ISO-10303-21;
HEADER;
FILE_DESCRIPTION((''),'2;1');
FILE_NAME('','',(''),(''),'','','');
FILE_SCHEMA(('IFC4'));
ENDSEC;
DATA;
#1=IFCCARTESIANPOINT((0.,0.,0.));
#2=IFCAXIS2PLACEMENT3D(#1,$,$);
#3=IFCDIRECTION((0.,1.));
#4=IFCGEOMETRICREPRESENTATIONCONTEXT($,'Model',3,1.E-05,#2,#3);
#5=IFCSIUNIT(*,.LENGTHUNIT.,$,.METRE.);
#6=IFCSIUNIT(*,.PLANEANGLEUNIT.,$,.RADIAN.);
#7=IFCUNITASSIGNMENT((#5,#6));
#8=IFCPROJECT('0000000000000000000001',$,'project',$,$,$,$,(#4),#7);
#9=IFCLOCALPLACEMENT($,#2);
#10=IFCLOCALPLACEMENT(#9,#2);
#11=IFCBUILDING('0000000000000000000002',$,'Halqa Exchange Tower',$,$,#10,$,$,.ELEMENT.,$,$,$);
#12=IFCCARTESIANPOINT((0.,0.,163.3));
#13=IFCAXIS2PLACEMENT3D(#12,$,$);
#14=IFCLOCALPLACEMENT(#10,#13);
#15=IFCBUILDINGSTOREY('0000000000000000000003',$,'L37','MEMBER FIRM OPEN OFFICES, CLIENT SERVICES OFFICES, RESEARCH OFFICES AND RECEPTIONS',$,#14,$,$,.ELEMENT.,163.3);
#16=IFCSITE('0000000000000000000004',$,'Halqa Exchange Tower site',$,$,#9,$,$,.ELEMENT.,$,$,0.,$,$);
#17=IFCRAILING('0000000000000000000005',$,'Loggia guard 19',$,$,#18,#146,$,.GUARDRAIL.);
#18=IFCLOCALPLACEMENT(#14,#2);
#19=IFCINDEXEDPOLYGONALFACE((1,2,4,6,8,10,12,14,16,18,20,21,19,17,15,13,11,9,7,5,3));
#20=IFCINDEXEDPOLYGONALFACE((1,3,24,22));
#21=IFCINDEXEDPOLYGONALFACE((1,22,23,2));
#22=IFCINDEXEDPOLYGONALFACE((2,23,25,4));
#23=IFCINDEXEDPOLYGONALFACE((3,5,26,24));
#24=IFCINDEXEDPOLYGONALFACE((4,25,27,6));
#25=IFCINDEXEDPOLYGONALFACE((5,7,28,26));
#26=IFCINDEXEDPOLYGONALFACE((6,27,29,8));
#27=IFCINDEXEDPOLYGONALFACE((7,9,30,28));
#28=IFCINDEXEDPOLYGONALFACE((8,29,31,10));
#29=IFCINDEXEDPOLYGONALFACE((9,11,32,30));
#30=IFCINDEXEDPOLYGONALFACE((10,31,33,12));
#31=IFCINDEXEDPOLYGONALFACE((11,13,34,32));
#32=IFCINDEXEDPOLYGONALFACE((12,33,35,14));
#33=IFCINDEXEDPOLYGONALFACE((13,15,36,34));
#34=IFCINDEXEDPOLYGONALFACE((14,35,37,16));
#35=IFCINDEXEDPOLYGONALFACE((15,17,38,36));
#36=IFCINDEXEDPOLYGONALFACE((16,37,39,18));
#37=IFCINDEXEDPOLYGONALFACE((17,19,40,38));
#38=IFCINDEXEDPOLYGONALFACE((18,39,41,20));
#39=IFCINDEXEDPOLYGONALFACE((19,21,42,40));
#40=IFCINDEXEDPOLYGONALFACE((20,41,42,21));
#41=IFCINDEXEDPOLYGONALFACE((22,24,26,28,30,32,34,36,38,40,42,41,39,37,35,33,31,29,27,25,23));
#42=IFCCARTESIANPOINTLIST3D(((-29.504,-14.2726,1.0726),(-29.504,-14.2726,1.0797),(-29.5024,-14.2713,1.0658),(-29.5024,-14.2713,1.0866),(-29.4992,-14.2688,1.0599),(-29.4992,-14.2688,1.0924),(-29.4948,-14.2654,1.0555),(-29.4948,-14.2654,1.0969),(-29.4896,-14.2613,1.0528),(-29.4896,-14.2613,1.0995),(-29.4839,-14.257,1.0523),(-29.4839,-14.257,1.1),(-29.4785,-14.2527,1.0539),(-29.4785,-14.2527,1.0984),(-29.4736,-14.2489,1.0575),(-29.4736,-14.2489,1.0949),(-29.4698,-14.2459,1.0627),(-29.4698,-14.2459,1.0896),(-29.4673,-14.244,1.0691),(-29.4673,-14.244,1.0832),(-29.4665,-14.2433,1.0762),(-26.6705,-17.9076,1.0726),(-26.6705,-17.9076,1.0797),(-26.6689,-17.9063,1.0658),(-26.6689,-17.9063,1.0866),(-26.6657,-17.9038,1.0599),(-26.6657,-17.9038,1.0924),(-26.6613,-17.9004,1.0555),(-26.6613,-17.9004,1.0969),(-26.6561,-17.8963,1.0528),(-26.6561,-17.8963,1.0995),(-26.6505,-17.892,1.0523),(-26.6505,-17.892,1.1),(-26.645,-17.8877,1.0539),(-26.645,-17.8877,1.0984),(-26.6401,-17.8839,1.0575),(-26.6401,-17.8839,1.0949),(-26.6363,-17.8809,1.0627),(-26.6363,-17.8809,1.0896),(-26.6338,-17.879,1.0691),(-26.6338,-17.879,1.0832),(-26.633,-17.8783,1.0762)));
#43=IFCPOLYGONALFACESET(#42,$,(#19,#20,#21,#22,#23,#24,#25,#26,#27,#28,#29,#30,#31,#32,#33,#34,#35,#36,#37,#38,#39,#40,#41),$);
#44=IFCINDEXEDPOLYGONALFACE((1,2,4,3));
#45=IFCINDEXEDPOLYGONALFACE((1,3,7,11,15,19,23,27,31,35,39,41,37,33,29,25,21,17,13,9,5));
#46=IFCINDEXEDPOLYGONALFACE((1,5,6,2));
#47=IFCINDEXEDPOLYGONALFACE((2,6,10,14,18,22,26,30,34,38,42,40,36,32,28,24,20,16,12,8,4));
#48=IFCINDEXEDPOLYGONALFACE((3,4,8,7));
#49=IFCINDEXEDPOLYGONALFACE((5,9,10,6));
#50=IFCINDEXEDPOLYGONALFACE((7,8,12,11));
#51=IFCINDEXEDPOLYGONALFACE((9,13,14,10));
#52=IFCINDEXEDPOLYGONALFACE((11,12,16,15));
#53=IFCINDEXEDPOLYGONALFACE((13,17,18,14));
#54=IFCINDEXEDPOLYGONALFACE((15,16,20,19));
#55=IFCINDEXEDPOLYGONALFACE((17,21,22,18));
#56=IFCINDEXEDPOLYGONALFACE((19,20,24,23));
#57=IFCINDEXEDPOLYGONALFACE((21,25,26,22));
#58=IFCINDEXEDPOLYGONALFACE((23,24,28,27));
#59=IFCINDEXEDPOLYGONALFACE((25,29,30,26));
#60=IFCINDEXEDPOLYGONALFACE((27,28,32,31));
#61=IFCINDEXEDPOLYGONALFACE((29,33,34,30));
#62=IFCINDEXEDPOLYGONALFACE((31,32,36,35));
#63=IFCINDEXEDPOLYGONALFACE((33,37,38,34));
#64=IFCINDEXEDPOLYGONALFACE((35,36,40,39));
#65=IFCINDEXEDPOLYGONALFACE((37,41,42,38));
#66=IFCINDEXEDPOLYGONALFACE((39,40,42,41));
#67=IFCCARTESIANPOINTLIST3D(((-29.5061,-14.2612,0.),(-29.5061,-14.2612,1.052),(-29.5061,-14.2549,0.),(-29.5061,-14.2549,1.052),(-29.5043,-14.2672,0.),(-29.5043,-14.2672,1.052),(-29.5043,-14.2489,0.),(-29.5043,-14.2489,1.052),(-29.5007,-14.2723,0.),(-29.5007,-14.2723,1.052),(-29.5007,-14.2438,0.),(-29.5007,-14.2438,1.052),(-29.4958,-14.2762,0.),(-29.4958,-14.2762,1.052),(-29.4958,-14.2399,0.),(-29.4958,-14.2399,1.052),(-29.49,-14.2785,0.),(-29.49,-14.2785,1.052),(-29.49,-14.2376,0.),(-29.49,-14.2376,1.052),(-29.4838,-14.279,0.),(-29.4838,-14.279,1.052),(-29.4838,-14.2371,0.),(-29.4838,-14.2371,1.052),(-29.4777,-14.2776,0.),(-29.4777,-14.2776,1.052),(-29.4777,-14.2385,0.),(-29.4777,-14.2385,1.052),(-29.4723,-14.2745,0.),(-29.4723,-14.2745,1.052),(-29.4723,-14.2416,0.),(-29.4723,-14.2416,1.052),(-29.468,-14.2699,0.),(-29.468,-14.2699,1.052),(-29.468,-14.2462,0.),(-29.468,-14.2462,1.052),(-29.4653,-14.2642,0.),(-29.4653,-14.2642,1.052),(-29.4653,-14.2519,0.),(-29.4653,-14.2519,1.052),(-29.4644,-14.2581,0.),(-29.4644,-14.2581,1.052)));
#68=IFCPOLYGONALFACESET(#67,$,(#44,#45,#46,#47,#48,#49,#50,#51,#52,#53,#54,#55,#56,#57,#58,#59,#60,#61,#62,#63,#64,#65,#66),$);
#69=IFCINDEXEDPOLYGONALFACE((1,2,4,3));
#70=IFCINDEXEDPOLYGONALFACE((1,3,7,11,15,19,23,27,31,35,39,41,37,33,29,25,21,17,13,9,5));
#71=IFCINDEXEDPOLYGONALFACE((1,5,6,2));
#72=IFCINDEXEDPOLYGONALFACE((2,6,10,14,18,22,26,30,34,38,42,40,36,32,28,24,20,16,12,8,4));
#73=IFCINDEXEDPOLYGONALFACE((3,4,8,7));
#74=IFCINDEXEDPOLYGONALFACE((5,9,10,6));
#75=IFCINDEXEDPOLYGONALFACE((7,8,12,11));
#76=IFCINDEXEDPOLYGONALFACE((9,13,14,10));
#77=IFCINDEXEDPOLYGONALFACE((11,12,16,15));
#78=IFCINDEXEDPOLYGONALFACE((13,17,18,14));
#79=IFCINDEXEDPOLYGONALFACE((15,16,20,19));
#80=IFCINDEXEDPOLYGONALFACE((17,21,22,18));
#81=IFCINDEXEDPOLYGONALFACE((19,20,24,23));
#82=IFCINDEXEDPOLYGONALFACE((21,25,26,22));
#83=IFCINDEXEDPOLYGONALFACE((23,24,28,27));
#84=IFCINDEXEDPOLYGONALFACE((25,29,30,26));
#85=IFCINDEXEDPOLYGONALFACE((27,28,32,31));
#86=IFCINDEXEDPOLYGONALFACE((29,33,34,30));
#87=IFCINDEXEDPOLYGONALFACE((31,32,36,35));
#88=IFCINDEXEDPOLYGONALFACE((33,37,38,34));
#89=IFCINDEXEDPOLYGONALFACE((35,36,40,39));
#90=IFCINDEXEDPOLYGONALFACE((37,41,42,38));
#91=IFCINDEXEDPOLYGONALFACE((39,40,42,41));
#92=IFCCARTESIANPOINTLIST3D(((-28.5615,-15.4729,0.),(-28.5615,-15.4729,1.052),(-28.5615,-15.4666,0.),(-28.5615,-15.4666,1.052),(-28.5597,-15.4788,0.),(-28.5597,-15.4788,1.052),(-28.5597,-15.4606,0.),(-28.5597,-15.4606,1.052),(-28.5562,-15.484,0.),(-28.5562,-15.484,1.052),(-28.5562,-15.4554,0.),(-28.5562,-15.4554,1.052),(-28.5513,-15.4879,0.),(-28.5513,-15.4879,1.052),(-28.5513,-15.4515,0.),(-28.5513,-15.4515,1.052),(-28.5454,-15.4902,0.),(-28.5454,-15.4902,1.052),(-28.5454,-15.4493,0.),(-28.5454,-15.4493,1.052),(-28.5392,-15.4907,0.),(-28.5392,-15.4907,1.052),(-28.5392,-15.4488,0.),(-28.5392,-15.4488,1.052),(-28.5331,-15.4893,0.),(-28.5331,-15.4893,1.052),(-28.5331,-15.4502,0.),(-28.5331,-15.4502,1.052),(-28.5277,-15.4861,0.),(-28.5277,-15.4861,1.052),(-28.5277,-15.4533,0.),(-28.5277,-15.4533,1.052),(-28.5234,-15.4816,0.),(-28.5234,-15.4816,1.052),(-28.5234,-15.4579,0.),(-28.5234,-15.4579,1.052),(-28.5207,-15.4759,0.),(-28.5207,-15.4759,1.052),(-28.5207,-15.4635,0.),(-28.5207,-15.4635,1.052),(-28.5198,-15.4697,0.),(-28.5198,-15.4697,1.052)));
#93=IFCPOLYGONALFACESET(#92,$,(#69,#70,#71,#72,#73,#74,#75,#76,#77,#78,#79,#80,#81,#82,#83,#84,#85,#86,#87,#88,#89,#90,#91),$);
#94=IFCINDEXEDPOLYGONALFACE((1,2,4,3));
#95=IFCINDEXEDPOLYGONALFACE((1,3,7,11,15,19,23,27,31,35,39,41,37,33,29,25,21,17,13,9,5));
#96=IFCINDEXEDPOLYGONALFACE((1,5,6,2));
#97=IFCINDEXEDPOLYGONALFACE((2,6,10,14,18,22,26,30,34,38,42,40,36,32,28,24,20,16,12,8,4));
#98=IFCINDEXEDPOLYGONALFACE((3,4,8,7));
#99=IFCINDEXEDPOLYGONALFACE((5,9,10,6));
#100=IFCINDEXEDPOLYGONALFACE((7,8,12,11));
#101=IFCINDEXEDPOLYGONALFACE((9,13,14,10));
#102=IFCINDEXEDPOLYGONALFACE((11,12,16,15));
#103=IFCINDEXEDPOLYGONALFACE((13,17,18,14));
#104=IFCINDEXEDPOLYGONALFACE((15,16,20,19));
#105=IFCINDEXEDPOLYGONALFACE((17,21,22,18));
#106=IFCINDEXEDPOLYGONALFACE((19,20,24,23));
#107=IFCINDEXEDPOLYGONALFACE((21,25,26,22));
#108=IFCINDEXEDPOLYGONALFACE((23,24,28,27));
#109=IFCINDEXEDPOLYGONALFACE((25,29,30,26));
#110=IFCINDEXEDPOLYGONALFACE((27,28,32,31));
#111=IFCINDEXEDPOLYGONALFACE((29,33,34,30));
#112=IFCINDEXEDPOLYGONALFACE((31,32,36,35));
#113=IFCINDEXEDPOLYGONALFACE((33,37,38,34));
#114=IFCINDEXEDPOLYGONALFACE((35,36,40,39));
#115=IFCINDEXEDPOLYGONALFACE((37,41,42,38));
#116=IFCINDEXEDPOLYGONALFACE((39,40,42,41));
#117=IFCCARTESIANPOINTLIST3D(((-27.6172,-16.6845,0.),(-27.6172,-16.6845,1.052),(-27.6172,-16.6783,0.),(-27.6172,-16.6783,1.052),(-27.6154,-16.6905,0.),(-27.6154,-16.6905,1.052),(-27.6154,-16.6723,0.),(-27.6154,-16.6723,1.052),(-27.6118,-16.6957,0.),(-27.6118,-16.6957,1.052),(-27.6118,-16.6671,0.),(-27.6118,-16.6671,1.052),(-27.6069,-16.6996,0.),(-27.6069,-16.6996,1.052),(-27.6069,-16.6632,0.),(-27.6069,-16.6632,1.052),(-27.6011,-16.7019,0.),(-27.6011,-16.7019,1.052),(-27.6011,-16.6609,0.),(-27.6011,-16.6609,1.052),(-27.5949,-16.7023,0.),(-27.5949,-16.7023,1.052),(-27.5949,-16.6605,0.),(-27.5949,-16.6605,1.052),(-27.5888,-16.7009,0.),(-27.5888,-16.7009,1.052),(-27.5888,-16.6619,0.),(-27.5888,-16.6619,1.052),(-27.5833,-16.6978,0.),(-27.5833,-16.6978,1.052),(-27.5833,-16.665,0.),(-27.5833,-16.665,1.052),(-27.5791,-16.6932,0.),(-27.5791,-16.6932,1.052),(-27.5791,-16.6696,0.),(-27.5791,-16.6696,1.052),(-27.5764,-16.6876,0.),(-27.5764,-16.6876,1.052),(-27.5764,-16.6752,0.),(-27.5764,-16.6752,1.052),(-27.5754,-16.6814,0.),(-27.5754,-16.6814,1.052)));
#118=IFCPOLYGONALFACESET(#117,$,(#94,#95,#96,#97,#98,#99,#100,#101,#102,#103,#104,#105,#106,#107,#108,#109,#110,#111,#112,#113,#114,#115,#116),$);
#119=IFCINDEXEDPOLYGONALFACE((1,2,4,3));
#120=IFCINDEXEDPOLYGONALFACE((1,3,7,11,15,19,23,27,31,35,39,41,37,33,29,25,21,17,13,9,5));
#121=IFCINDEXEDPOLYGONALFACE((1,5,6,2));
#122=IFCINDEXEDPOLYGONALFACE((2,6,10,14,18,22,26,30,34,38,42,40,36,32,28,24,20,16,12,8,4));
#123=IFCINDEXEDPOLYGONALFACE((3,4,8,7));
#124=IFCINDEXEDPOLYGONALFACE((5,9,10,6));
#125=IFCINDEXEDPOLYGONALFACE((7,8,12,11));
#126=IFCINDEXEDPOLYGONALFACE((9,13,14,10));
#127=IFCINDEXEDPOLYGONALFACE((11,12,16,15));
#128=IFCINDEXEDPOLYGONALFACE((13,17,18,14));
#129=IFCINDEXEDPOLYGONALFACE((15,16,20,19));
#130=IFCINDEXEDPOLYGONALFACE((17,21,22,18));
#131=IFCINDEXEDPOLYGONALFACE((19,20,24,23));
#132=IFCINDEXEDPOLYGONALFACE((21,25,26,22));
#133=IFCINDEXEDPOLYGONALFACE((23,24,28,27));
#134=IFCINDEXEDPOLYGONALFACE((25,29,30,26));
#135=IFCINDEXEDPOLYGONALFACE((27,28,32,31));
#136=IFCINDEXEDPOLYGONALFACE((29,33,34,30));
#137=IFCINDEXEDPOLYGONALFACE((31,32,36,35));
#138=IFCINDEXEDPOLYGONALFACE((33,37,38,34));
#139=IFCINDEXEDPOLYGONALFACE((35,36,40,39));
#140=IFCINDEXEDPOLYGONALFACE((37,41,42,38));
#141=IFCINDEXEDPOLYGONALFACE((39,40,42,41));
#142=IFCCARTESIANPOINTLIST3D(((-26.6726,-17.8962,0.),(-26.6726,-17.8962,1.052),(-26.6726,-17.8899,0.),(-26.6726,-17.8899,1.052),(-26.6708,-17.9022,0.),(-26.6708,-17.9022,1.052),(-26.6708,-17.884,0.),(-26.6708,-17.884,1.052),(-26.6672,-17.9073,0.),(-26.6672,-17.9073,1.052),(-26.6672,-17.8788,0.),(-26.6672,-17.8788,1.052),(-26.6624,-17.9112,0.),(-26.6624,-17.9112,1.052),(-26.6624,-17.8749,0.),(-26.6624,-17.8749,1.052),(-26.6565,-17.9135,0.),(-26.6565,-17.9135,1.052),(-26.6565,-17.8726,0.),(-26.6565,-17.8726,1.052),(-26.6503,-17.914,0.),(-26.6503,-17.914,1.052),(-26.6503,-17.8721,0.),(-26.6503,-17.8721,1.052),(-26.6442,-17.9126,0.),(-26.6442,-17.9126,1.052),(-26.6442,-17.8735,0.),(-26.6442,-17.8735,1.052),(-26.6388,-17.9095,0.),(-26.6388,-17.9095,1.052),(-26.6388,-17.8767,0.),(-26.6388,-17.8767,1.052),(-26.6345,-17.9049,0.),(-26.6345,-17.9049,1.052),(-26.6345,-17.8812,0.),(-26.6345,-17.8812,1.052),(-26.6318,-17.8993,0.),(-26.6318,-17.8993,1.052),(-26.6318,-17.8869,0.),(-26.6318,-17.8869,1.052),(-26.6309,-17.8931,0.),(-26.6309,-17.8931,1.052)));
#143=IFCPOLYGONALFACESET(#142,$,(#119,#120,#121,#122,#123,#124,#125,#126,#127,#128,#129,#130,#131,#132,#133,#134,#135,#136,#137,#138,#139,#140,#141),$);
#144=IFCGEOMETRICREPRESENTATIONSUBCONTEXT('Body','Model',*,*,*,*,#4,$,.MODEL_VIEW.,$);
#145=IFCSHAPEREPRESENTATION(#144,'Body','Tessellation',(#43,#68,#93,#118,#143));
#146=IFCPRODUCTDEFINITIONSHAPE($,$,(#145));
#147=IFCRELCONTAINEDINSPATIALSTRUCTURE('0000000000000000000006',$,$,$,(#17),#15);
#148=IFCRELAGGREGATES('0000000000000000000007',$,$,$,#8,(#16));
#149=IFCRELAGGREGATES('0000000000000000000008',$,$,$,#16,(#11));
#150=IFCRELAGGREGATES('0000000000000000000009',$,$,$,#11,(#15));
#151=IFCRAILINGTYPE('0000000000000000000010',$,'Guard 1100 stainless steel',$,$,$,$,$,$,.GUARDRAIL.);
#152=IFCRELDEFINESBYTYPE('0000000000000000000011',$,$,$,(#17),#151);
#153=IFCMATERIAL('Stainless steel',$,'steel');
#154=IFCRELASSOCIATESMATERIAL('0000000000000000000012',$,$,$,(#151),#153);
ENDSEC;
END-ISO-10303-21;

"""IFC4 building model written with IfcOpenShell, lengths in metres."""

from ifc_helpers import new_model, si_unit, direction, frame, origin, origin_2d, place, context, subcontext, project, spatial, circle, extrude, material, type_object, element, save


model = new_model("IFC4")

# Units and contexts
model_context = context("Model", 3, precision=1e-05, world=origin(), true_north=direction((0.0, 1.0)))
body_context = subcontext(model_context, "Body", "Model", "MODEL_VIEW")
ifc_project = project(units=[si_unit("LENGTHUNIT", "METRE"), si_unit("PLANEANGLEUNIT", "RADIAN")], contexts=[model_context])

# Site, building, storey
site_placement = place(None, origin())
site = spatial("IfcSite", under=ifc_project, at=site_placement, Name="Halqa Exchange Tower site", CompositionType="ELEMENT", RefElevation=0.0)
building_placement = place(site_placement, origin())
building = spatial("IfcBuilding", under=site, at=building_placement, Name="Halqa Exchange Tower", CompositionType="ELEMENT")
storey_placement = place(building_placement, frame((0.0, 0.0, 163.3)))
storey = spatial("IfcBuildingStorey", under=building, at=storey_placement, Name="L37", Description="MEMBER FIRM OPEN OFFICES, CLIENT SERVICES OFFICES, RESEARCH OFFICES AND RECEPTIONS", CompositionType="ELEMENT", Elevation=163.3)

# Railing
ifc_material_1 = material(Name="Stainless steel", Category="steel")
railing_type = type_object("IfcRailingType", Name="Guard 1100 stainless steel", PredefinedType="GUARDRAIL", material=ifc_material_1)
railing_1_placement = place(storey_placement, frame((-29.4854, -14.2581, 0.0)))
element("IfcRailing", 1, at=railing_1_placement, inside=storey, type_object=railing_type, Name="Loggia guard 19", PredefinedType="GUARDRAIL", context=body_context, shape_type="SweptSolid", body=[
    extrude(circle(Radius=0.0239, at=origin_2d()), frame((0.0, 0.0, 1.0762), z_axis=(0.614787, -0.788693, 0.0), x_axis=(0.788693, 0.614787, 0.0)), (0.0, 0.0, 1.0), 4.6089),
    extrude(circle(Radius=0.021, at=origin_2d()), origin(), (0.0, 0.0, 1.0), 1.052),
    extrude(circle(Radius=0.021, at=origin_2d()), frame((0.9446, -1.2117, 0.0)), (0.0, 0.0, 1.0), 1.052),
    extrude(circle(Radius=0.021, at=origin_2d()), frame((1.8889, -2.4233, 0.0)), (0.0, 0.0, 1.0), 1.052),
    extrude(circle(Radius=0.021, at=origin_2d()), frame((2.8335, -3.635, 0.0)), (0.0, 0.0, 1.0), 1.052),
])

save(model, "model.ifc")
